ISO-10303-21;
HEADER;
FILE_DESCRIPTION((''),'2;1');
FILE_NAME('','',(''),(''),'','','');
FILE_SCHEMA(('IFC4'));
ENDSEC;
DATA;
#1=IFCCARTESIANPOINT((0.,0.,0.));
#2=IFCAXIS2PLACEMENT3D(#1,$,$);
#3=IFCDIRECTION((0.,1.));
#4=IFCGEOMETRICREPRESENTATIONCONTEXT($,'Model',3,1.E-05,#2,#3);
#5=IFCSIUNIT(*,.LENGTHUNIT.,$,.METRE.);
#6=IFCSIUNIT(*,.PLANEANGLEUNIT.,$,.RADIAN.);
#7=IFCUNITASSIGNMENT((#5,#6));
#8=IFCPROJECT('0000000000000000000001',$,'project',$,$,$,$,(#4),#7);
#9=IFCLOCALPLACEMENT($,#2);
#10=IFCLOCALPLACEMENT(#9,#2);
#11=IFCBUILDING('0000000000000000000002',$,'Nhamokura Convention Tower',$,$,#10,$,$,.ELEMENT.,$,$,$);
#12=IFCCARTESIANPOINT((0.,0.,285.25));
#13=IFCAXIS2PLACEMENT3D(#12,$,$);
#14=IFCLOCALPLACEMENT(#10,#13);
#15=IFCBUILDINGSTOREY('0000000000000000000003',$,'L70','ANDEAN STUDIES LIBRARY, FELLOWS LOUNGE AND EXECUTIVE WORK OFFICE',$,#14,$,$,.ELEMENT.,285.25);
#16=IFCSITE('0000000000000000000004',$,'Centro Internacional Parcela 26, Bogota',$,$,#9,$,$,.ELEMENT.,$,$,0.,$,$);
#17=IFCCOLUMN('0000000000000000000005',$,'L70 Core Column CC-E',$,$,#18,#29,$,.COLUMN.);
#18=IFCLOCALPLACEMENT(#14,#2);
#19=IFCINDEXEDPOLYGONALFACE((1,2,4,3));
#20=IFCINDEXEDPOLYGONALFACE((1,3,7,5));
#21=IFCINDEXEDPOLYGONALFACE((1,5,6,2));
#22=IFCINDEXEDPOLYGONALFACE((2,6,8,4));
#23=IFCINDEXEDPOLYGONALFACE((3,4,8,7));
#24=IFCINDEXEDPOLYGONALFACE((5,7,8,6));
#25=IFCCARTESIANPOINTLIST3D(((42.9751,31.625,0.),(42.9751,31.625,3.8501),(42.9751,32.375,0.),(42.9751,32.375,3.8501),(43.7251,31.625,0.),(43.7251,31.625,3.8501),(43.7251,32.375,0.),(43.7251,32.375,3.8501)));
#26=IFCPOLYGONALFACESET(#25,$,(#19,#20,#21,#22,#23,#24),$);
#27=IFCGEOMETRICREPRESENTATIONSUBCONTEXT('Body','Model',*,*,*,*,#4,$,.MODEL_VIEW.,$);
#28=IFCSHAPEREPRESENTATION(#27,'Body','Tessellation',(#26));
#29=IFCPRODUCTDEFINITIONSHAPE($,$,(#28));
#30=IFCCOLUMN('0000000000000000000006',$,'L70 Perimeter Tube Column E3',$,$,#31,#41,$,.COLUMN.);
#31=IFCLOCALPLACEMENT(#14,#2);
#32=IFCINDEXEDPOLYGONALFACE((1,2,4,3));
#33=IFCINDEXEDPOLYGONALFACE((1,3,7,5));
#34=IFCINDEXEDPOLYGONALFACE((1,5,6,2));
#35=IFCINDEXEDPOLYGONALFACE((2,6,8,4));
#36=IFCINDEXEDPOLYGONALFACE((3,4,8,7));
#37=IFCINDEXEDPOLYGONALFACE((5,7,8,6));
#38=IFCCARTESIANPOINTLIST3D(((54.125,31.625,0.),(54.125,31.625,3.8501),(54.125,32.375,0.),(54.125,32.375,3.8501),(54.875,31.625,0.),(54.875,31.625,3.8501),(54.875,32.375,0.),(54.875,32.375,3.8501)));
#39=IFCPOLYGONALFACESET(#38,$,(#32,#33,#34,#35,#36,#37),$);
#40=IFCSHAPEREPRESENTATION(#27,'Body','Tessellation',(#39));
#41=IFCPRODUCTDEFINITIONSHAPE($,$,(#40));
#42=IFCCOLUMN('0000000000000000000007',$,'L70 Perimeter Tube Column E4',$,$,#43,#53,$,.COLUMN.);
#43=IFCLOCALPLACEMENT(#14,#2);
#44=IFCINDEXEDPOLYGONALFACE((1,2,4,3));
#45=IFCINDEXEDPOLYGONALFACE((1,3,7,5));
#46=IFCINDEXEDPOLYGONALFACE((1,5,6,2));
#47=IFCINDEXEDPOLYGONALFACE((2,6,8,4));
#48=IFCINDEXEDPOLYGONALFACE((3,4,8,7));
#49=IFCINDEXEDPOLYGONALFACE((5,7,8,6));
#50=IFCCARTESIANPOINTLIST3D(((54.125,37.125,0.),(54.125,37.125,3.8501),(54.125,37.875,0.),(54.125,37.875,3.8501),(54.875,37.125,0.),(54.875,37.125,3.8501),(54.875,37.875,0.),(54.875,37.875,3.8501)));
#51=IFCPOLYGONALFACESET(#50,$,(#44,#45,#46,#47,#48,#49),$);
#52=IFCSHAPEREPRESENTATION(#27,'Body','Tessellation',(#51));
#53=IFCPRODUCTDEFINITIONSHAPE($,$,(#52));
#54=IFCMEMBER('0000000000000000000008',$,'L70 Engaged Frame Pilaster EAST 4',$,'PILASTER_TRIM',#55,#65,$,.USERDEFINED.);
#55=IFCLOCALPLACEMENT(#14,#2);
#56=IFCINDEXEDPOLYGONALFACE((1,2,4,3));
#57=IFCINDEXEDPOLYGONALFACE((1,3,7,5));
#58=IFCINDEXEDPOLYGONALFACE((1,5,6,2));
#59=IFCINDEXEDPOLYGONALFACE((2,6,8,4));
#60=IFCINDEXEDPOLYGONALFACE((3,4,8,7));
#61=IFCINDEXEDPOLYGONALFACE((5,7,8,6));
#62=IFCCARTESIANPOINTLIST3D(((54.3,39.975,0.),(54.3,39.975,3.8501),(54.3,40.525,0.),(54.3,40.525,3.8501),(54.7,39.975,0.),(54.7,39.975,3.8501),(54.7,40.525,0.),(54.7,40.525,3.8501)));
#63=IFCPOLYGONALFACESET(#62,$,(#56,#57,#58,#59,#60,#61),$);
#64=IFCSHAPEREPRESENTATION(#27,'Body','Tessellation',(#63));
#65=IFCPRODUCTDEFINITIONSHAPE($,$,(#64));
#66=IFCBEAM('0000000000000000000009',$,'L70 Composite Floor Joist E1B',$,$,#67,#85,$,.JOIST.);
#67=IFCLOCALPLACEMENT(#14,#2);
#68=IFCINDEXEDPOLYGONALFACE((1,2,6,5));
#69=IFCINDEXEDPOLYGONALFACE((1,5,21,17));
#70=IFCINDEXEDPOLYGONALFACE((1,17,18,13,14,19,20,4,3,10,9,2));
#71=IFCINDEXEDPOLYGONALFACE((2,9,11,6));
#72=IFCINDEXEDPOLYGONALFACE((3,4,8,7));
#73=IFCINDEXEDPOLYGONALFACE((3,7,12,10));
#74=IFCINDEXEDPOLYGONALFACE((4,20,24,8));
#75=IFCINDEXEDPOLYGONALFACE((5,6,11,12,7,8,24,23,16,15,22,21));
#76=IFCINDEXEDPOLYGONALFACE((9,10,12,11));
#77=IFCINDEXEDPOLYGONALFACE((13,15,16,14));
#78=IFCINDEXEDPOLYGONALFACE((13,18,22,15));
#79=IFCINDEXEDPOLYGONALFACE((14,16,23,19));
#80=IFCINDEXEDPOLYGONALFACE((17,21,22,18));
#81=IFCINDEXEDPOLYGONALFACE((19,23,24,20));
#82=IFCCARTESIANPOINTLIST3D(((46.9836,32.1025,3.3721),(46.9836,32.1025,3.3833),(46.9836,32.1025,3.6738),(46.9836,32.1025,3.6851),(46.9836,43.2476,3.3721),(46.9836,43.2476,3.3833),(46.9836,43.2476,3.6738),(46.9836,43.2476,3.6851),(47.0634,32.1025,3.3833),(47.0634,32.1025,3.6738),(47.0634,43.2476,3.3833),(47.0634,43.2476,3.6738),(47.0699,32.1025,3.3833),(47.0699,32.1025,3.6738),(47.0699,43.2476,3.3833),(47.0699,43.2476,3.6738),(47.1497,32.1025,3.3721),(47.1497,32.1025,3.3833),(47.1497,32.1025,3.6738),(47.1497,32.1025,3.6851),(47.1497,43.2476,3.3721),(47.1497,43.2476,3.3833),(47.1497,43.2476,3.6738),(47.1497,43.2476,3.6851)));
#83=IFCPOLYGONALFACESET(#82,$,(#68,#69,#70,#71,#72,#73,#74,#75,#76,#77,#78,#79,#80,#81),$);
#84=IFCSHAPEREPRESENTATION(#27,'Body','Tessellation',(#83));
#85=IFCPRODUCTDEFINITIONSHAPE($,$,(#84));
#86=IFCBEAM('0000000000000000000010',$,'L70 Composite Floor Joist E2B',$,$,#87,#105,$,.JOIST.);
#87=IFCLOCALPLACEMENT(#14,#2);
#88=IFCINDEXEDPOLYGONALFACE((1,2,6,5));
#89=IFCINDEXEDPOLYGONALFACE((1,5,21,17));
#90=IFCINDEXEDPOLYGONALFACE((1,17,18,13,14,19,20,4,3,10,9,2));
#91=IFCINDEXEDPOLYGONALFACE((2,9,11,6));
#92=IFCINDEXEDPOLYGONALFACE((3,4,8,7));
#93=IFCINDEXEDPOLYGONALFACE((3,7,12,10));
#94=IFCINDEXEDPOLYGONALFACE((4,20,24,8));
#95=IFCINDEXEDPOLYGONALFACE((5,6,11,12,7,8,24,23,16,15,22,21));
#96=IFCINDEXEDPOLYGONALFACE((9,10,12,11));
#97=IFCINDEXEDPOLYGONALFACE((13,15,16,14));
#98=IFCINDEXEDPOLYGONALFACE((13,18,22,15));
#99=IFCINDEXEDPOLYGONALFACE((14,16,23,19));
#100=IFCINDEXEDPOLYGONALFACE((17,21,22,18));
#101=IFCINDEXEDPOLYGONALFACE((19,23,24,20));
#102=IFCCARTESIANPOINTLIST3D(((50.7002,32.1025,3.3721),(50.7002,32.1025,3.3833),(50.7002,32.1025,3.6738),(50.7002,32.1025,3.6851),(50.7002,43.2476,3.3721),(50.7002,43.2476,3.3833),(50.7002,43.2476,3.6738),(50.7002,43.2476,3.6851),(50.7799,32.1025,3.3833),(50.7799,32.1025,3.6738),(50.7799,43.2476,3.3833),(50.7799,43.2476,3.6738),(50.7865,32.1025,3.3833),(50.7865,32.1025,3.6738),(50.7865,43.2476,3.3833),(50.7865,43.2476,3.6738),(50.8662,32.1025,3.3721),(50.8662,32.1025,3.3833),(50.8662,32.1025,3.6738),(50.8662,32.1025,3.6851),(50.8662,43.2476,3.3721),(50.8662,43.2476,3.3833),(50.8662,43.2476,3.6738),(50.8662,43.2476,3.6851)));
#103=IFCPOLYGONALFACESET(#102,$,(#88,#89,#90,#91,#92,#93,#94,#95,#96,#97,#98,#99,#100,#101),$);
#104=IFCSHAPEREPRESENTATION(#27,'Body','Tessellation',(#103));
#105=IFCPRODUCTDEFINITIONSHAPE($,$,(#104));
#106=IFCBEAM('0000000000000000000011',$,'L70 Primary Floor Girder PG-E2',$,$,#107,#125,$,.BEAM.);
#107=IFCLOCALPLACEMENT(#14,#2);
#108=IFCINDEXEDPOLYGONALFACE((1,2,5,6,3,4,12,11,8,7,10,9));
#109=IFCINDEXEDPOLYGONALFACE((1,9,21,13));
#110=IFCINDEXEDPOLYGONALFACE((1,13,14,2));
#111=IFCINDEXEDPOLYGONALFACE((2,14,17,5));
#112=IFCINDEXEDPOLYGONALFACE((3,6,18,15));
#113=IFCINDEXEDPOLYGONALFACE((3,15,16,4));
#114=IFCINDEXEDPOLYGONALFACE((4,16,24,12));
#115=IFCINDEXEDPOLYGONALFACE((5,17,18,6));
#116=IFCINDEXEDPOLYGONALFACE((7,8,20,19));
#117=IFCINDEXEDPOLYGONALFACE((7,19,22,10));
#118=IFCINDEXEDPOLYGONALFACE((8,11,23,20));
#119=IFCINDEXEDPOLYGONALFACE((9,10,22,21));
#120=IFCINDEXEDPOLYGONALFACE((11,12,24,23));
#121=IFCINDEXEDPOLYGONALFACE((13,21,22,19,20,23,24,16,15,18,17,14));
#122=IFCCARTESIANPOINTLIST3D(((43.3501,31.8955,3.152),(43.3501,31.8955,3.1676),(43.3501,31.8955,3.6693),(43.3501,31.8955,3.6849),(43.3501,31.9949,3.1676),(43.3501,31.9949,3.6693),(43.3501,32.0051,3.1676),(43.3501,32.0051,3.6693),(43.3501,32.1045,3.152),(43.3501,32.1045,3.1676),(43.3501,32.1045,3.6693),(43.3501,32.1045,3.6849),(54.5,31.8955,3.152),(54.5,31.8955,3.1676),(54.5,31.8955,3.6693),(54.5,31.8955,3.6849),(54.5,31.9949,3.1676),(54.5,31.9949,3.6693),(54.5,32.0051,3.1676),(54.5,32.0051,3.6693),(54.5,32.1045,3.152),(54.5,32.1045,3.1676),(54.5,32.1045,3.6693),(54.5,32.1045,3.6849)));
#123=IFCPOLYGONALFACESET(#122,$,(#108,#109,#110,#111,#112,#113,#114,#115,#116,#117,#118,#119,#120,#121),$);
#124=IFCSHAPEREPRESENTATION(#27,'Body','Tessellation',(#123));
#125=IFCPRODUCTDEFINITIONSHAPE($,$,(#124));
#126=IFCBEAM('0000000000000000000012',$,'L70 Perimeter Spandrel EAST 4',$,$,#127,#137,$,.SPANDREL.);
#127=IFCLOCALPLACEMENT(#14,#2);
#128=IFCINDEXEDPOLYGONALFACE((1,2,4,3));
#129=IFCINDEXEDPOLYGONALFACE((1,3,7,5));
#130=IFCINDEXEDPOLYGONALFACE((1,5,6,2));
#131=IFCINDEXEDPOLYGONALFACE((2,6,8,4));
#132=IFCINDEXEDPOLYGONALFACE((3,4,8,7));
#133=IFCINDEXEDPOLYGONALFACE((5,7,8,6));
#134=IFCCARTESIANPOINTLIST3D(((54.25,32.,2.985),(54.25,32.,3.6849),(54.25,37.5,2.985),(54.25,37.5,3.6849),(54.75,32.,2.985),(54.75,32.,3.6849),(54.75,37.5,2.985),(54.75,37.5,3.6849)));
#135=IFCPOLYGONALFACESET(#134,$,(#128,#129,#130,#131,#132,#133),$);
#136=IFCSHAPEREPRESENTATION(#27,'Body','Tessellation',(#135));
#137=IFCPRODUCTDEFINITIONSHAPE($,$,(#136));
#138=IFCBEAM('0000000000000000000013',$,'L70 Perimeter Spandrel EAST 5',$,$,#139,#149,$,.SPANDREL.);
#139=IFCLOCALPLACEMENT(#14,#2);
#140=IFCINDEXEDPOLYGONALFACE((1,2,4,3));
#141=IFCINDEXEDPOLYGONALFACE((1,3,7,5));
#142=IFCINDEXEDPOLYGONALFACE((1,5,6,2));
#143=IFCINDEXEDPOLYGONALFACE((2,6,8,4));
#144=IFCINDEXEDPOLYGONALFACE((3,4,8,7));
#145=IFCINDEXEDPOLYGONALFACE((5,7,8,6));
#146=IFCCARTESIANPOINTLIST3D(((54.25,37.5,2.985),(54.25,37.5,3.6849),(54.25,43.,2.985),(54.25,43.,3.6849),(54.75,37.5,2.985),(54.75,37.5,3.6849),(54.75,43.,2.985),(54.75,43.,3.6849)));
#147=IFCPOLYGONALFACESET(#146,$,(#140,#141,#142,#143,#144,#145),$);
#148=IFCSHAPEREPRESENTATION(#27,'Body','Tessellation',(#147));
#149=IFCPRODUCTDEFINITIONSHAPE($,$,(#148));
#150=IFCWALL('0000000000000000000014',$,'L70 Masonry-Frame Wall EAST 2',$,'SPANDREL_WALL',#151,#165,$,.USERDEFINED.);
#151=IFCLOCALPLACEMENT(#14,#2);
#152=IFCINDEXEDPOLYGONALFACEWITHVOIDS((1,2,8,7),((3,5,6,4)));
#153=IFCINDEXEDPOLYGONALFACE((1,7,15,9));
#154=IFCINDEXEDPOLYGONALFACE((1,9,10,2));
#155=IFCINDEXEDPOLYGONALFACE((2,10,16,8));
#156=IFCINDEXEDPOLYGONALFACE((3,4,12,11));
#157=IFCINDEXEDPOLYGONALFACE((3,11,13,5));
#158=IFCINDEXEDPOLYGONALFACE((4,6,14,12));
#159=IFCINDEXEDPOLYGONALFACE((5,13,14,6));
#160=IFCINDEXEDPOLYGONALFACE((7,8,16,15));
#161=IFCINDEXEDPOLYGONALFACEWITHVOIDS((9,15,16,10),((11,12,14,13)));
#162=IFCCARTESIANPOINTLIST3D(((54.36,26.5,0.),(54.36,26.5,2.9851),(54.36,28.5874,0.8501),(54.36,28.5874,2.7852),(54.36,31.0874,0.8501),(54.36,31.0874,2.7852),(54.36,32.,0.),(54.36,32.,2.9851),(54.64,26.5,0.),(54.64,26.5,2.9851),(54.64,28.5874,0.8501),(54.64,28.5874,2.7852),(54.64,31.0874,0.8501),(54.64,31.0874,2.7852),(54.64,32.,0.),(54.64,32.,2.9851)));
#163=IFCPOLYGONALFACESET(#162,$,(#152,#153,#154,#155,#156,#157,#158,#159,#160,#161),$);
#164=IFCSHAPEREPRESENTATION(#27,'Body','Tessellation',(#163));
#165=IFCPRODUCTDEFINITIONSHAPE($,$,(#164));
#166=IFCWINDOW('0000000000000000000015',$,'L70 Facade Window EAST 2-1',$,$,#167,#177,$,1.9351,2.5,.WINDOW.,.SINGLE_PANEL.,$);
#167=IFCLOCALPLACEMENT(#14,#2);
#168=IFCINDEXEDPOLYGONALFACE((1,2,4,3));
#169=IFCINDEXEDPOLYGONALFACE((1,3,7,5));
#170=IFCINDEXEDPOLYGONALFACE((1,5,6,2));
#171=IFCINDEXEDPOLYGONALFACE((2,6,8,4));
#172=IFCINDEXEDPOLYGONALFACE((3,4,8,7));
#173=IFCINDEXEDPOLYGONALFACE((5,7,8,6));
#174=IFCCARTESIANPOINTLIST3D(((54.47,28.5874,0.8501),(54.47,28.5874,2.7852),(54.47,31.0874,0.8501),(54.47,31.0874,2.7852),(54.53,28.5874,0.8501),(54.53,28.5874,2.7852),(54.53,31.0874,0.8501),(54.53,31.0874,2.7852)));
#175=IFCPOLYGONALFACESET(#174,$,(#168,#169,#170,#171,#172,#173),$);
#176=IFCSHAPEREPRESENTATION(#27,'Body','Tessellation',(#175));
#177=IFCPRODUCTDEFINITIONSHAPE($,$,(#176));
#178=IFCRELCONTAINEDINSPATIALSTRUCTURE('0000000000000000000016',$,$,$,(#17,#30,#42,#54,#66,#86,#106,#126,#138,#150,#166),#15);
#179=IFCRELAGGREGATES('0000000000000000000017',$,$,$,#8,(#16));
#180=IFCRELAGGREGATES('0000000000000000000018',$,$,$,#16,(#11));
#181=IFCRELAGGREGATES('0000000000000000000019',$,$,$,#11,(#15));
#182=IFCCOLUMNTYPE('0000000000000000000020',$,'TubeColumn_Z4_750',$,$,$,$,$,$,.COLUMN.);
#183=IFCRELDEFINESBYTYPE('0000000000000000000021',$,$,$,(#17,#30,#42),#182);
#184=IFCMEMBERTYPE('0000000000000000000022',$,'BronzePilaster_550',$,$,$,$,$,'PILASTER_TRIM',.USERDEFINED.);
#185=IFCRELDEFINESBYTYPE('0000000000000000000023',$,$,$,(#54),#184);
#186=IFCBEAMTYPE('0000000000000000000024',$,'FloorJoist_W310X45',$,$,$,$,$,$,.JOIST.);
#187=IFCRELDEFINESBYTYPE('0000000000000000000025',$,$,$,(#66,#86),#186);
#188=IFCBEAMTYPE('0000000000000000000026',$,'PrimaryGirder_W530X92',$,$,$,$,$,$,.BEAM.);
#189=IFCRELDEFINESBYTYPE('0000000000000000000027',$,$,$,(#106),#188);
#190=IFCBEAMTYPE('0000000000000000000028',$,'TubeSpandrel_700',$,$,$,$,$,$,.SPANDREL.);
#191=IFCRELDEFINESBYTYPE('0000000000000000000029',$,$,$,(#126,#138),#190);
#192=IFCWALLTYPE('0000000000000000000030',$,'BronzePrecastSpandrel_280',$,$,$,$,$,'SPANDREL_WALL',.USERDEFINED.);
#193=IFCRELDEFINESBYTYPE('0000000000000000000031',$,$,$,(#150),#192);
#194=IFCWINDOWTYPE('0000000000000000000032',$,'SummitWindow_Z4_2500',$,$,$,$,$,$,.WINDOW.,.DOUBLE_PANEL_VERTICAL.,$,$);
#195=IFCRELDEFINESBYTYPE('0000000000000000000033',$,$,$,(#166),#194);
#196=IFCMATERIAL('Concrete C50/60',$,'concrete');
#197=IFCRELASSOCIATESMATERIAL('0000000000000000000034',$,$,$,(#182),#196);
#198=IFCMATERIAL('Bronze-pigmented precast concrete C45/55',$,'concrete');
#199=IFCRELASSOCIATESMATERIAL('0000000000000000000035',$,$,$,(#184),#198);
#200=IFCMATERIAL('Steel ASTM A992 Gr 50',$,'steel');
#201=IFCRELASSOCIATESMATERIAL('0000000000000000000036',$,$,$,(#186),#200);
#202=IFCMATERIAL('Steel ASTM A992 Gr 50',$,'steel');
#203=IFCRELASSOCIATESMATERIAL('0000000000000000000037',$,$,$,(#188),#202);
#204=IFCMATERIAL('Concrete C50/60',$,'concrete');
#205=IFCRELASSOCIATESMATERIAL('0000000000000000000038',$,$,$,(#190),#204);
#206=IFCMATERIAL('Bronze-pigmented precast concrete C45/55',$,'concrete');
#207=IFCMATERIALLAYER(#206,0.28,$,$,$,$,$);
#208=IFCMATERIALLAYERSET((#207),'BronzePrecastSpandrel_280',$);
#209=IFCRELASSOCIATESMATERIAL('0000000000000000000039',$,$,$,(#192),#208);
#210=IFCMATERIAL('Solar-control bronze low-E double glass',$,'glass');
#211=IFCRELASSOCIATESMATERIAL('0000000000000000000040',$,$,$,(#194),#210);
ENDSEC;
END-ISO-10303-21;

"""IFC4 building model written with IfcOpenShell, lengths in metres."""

from ifc_helpers import new_model, si_unit, direction, frame, frame_2d, origin, origin_2d, place, context, subcontext, project, spatial, rectangle, i_section, extrude, material, layer, layer_set, material_profile, profile_set, type_object, element, fill, save


model = new_model("IFC4")

# Units and contexts
model_context = context("Model", 3, precision=1e-05, world=origin(), true_north=direction((0.0, 1.0)))
body_context = subcontext(model_context, "Body", "Model", "MODEL_VIEW")
ifc_project = project(units=[si_unit("LENGTHUNIT", "METRE"), si_unit("PLANEANGLEUNIT", "RADIAN")], contexts=[model_context])

# Site, building, storey
site_placement = place(None, origin())
site = spatial("IfcSite", under=ifc_project, at=site_placement, Name="Centro Internacional Parcela 26, Bogota", CompositionType="ELEMENT", RefElevation=0.0)
building_placement = place(site_placement, origin())
building = spatial("IfcBuilding", under=site, at=building_placement, Name="Nhamokura Convention Tower", CompositionType="ELEMENT")
storey_placement = place(building_placement, frame((0.0, 0.0, 285.25)))
storey = spatial("IfcBuildingStorey", under=building, at=storey_placement, Name="L70", Description="ANDEAN STUDIES LIBRARY, FELLOWS LOUNGE AND EXECUTIVE WORK OFFICE", CompositionType="ELEMENT", Elevation=285.25)

# Columns
ifc_material_1 = material(Name="Concrete C50/60", Category="concrete")
ifc_material_profile_1 = material_profile(ifc_material_1, rectangle(XDim=0.75, YDim=0.75, at=origin_2d()))
ifc_profile_set_1 = profile_set([ifc_material_profile_1], Name="Concrete C50/60")
column_type = type_object("IfcColumnType", Name="TubeColumn_Z4_750", PredefinedType="COLUMN", material=ifc_profile_set_1)
for number, where, z_axis, x_axis, name in (
    (1, (43.3501, 32.0, 0.0), (0.0, 0.0, 1.0), (1.0, 0.0, 0.0), "L70 Core Column CC-E"),
    (2, (54.5, 32.0, 0.0), (0.0, 0.0, 1.0), (1.0, 0.0, 0.0), "L70 Perimeter Tube Column E3"),
    (3, (54.5, 37.5, 0.0), (0.0, 0.0, 1.0), (1.0, 0.0, 0.0), "L70 Perimeter Tube Column E4"),
):
    element("IfcColumn", number, at=place(storey_placement, frame(where, z_axis=z_axis, x_axis=x_axis)), inside=storey, type_object=column_type, Name=name, PredefinedType="COLUMN", context=body_context, shape_type="SweptSolid", body=[
        extrude(rectangle(XDim=0.75, YDim=0.75, at=origin_2d()), origin(), (0.0, 0.0, 1.0), 3.8501),
    ])

# Member
ifc_material_2 = material(Name="Bronze-pigmented precast concrete C45/55", Category="concrete")
ifc_material_profile_2 = material_profile(ifc_material_2, rectangle(XDim=0.3999, YDim=0.55, at=origin_2d()))
ifc_profile_set_2 = profile_set([ifc_material_profile_2], Name="Bronze-pigmented precast concrete C45/55")
member_type = type_object("IfcMemberType", Name="BronzePilaster_550", ElementType="PILASTER_TRIM", PredefinedType="USERDEFINED", material=ifc_profile_set_2)
member_placement = place(storey_placement, frame((54.5, 40.25, 0.0), z_axis=(0.0, 0.0, 1.0), x_axis=(1.0, 0.0, 0.0)))
element("IfcMember", 4, at=member_placement, inside=storey, type_object=member_type, Name="L70 Engaged Frame Pilaster EAST 4", ObjectType="PILASTER_TRIM", PredefinedType="USERDEFINED", context=body_context, shape_type="SweptSolid", body=[
    extrude(rectangle(XDim=0.3999, YDim=0.55, at=origin_2d()), origin(), (0.0, 0.0, 1.0), 3.8501),
])

# Beams
ifc_material_3 = material(Name="Steel ASTM A992 Gr 50", Category="steel")
ifc_material_profile_3 = material_profile(ifc_material_3, i_section(OverallWidth=0.166, OverallDepth=0.313, WebThickness=0.0066, FlangeThickness=0.0112, at=origin_2d()))
ifc_profile_set_3 = profile_set([ifc_material_profile_3], Name="Steel ASTM A992 Gr 50")
beam_type_1 = type_object("IfcBeamType", Name="FloorJoist_W310X45", PredefinedType="JOIST", material=ifc_profile_set_3)
for number, where, z_axis, x_axis, name in (
    (5, (47.0667, 32.1025, 3.5286), (0.0, 1.0, 0.0), (-1.0, 0.0, 0.0), "L70 Composite Floor Joist E1B"),
    (6, (50.7832, 32.1025, 3.5286), (0.0, 1.0, 0.0), (-1.0, 0.0, 0.0), "L70 Composite Floor Joist E2B"),
):
    element("IfcBeam", number, at=place(storey_placement, frame(where, z_axis=z_axis, x_axis=x_axis)), inside=storey, type_object=beam_type_1, Name=name, PredefinedType="JOIST", context=body_context, shape_type="SweptSolid", body=[
        extrude(i_section(OverallWidth=0.166, OverallDepth=0.313, WebThickness=0.0066, FlangeThickness=0.0112, at=origin_2d()), origin(), (0.0, 0.0, 1.0), 11.145),
    ])
ifc_material_4 = material(Name="Steel ASTM A992 Gr 50", Category="steel")
ifc_material_profile_4 = material_profile(ifc_material_4, i_section(OverallWidth=0.209, OverallDepth=0.533, WebThickness=0.0103, FlangeThickness=0.0156, at=origin_2d()))
ifc_profile_set_4 = profile_set([ifc_material_profile_4], Name="Steel ASTM A992 Gr 50")
beam_type_2 = type_object("IfcBeamType", Name="PrimaryGirder_W530X92", PredefinedType="BEAM", material=ifc_profile_set_4)
beam_placement = place(storey_placement, frame((43.3501, 32.0, 3.4185), z_axis=(1.0, 0.0, 0.0), x_axis=(0.0, 1.0, 0.0)))
element("IfcBeam", 7, at=beam_placement, inside=storey, type_object=beam_type_2, Name="L70 Primary Floor Girder PG-E2", PredefinedType="BEAM", context=body_context, shape_type="SweptSolid", body=[
    extrude(i_section(OverallWidth=0.209, OverallDepth=0.533, WebThickness=0.0103, FlangeThickness=0.0156, at=origin_2d()), origin(), (0.0, 0.0, 1.0), 11.1499),
])
ifc_material_5 = material(Name="Concrete C50/60", Category="concrete")
ifc_material_profile_5 = material_profile(ifc_material_5, rectangle(XDim=0.5, YDim=0.7, at=origin_2d()))
ifc_profile_set_5 = profile_set([ifc_material_profile_5], Name="Concrete C50/60")
beam_type_3 = type_object("IfcBeamType", Name="TubeSpandrel_700", PredefinedType="SPANDREL", material=ifc_profile_set_5)
for number, where, z_axis, x_axis, name in (
    (8, (54.5, 32.0, 3.335), (0.0, 1.0, 0.0), (-1.0, 0.0, 0.0), "L70 Perimeter Spandrel EAST 4"),
    (9, (54.5, 37.5, 3.335), (0.0, 1.0, 0.0), (-1.0, 0.0, 0.0), "L70 Perimeter Spandrel EAST 5"),
):
    element("IfcBeam", number, at=place(storey_placement, frame(where, z_axis=z_axis, x_axis=x_axis)), inside=storey, type_object=beam_type_3, Name=name, PredefinedType="SPANDREL", context=body_context, shape_type="SweptSolid", body=[
        extrude(rectangle(XDim=0.5, YDim=0.7, at=origin_2d()), origin(), (0.0, 0.0, 1.0), 5.5),
    ])

# Wall, opening, window
ifc_material_6 = material(Name="Bronze-pigmented precast concrete C45/55", Category="concrete")
ifc_layer_1 = layer(ifc_material_6, 0.28)
ifc_layer_set_1 = layer_set([ifc_layer_1], Name="BronzePrecastSpandrel_280")
wall_type_1 = type_object("IfcWallType", Name="BronzePrecastSpandrel_280", ElementType="SPANDREL_WALL", PredefinedType="USERDEFINED", material=ifc_layer_set_1)
wall_1_placement = place(storey_placement, frame((54.5, 32.0, 0.0), z_axis=(0.0, 0.0, 1.0), x_axis=(0.0, -1.0, 0.0)))
wall_1 = element("IfcWall", 10, at=wall_1_placement, inside=storey, type_object=wall_type_1, Name="L70 Masonry-Frame Wall EAST 2", ObjectType="SPANDREL_WALL", PredefinedType="USERDEFINED", context=body_context, shape_type="SweptSolid", body=[
    extrude(rectangle(XDim=5.5, YDim=0.28, at=frame_2d((2.75, 0.0))), origin(), (0.0, 0.0, 1.0), 2.9851),
])
opening_1_placement = place(wall_1_placement, frame((0.9126, 0.0, 0.8501)))
opening_1 = element("IfcOpeningElement", 11, at=opening_1_placement, cuts=wall_1, PredefinedType="OPENING", context=body_context, shape_type="SweptSolid", body=[
    extrude(rectangle(XDim=2.5, YDim=1.9351, at=frame_2d((1.25, 0.9675))), frame((0.0, 0.1499, 0.0), z_axis=(0.0, -1.0, 0.0), x_axis=(1.0, 0.0, 0.0)), (0.0, 0.0, 1.0), 0.3),
])
ifc_material_7 = material(Name="Solar-control bronze low-E double glass", Category="glass")
window_type_1 = type_object("IfcWindowType", Name="SummitWindow_Z4_2500", PartitioningType="DOUBLE_PANEL_VERTICAL", PredefinedType="WINDOW", material=ifc_material_7)
window_1_placement = place(opening_1_placement, origin())
window_1 = element("IfcWindow", 12, at=window_1_placement, inside=storey, type_object=window_type_1, Name="L70 Facade Window EAST 2-1", OverallHeight=1.9351, OverallWidth=2.5, PartitioningType="SINGLE_PANEL", PredefinedType="WINDOW", context=body_context, shape_type="SweptSolid", body=[
    extrude(rectangle(XDim=2.5, YDim=1.9351, at=frame_2d((1.25, 0.9675))), frame((0.0, 0.03, 0.0), z_axis=(0.0, -1.0, 0.0), x_axis=(1.0, 0.0, 0.0)), (0.0, 0.0, 1.0), 0.0601),
])
fill(opening_1, window_1)

save(model, "model.ifc")
